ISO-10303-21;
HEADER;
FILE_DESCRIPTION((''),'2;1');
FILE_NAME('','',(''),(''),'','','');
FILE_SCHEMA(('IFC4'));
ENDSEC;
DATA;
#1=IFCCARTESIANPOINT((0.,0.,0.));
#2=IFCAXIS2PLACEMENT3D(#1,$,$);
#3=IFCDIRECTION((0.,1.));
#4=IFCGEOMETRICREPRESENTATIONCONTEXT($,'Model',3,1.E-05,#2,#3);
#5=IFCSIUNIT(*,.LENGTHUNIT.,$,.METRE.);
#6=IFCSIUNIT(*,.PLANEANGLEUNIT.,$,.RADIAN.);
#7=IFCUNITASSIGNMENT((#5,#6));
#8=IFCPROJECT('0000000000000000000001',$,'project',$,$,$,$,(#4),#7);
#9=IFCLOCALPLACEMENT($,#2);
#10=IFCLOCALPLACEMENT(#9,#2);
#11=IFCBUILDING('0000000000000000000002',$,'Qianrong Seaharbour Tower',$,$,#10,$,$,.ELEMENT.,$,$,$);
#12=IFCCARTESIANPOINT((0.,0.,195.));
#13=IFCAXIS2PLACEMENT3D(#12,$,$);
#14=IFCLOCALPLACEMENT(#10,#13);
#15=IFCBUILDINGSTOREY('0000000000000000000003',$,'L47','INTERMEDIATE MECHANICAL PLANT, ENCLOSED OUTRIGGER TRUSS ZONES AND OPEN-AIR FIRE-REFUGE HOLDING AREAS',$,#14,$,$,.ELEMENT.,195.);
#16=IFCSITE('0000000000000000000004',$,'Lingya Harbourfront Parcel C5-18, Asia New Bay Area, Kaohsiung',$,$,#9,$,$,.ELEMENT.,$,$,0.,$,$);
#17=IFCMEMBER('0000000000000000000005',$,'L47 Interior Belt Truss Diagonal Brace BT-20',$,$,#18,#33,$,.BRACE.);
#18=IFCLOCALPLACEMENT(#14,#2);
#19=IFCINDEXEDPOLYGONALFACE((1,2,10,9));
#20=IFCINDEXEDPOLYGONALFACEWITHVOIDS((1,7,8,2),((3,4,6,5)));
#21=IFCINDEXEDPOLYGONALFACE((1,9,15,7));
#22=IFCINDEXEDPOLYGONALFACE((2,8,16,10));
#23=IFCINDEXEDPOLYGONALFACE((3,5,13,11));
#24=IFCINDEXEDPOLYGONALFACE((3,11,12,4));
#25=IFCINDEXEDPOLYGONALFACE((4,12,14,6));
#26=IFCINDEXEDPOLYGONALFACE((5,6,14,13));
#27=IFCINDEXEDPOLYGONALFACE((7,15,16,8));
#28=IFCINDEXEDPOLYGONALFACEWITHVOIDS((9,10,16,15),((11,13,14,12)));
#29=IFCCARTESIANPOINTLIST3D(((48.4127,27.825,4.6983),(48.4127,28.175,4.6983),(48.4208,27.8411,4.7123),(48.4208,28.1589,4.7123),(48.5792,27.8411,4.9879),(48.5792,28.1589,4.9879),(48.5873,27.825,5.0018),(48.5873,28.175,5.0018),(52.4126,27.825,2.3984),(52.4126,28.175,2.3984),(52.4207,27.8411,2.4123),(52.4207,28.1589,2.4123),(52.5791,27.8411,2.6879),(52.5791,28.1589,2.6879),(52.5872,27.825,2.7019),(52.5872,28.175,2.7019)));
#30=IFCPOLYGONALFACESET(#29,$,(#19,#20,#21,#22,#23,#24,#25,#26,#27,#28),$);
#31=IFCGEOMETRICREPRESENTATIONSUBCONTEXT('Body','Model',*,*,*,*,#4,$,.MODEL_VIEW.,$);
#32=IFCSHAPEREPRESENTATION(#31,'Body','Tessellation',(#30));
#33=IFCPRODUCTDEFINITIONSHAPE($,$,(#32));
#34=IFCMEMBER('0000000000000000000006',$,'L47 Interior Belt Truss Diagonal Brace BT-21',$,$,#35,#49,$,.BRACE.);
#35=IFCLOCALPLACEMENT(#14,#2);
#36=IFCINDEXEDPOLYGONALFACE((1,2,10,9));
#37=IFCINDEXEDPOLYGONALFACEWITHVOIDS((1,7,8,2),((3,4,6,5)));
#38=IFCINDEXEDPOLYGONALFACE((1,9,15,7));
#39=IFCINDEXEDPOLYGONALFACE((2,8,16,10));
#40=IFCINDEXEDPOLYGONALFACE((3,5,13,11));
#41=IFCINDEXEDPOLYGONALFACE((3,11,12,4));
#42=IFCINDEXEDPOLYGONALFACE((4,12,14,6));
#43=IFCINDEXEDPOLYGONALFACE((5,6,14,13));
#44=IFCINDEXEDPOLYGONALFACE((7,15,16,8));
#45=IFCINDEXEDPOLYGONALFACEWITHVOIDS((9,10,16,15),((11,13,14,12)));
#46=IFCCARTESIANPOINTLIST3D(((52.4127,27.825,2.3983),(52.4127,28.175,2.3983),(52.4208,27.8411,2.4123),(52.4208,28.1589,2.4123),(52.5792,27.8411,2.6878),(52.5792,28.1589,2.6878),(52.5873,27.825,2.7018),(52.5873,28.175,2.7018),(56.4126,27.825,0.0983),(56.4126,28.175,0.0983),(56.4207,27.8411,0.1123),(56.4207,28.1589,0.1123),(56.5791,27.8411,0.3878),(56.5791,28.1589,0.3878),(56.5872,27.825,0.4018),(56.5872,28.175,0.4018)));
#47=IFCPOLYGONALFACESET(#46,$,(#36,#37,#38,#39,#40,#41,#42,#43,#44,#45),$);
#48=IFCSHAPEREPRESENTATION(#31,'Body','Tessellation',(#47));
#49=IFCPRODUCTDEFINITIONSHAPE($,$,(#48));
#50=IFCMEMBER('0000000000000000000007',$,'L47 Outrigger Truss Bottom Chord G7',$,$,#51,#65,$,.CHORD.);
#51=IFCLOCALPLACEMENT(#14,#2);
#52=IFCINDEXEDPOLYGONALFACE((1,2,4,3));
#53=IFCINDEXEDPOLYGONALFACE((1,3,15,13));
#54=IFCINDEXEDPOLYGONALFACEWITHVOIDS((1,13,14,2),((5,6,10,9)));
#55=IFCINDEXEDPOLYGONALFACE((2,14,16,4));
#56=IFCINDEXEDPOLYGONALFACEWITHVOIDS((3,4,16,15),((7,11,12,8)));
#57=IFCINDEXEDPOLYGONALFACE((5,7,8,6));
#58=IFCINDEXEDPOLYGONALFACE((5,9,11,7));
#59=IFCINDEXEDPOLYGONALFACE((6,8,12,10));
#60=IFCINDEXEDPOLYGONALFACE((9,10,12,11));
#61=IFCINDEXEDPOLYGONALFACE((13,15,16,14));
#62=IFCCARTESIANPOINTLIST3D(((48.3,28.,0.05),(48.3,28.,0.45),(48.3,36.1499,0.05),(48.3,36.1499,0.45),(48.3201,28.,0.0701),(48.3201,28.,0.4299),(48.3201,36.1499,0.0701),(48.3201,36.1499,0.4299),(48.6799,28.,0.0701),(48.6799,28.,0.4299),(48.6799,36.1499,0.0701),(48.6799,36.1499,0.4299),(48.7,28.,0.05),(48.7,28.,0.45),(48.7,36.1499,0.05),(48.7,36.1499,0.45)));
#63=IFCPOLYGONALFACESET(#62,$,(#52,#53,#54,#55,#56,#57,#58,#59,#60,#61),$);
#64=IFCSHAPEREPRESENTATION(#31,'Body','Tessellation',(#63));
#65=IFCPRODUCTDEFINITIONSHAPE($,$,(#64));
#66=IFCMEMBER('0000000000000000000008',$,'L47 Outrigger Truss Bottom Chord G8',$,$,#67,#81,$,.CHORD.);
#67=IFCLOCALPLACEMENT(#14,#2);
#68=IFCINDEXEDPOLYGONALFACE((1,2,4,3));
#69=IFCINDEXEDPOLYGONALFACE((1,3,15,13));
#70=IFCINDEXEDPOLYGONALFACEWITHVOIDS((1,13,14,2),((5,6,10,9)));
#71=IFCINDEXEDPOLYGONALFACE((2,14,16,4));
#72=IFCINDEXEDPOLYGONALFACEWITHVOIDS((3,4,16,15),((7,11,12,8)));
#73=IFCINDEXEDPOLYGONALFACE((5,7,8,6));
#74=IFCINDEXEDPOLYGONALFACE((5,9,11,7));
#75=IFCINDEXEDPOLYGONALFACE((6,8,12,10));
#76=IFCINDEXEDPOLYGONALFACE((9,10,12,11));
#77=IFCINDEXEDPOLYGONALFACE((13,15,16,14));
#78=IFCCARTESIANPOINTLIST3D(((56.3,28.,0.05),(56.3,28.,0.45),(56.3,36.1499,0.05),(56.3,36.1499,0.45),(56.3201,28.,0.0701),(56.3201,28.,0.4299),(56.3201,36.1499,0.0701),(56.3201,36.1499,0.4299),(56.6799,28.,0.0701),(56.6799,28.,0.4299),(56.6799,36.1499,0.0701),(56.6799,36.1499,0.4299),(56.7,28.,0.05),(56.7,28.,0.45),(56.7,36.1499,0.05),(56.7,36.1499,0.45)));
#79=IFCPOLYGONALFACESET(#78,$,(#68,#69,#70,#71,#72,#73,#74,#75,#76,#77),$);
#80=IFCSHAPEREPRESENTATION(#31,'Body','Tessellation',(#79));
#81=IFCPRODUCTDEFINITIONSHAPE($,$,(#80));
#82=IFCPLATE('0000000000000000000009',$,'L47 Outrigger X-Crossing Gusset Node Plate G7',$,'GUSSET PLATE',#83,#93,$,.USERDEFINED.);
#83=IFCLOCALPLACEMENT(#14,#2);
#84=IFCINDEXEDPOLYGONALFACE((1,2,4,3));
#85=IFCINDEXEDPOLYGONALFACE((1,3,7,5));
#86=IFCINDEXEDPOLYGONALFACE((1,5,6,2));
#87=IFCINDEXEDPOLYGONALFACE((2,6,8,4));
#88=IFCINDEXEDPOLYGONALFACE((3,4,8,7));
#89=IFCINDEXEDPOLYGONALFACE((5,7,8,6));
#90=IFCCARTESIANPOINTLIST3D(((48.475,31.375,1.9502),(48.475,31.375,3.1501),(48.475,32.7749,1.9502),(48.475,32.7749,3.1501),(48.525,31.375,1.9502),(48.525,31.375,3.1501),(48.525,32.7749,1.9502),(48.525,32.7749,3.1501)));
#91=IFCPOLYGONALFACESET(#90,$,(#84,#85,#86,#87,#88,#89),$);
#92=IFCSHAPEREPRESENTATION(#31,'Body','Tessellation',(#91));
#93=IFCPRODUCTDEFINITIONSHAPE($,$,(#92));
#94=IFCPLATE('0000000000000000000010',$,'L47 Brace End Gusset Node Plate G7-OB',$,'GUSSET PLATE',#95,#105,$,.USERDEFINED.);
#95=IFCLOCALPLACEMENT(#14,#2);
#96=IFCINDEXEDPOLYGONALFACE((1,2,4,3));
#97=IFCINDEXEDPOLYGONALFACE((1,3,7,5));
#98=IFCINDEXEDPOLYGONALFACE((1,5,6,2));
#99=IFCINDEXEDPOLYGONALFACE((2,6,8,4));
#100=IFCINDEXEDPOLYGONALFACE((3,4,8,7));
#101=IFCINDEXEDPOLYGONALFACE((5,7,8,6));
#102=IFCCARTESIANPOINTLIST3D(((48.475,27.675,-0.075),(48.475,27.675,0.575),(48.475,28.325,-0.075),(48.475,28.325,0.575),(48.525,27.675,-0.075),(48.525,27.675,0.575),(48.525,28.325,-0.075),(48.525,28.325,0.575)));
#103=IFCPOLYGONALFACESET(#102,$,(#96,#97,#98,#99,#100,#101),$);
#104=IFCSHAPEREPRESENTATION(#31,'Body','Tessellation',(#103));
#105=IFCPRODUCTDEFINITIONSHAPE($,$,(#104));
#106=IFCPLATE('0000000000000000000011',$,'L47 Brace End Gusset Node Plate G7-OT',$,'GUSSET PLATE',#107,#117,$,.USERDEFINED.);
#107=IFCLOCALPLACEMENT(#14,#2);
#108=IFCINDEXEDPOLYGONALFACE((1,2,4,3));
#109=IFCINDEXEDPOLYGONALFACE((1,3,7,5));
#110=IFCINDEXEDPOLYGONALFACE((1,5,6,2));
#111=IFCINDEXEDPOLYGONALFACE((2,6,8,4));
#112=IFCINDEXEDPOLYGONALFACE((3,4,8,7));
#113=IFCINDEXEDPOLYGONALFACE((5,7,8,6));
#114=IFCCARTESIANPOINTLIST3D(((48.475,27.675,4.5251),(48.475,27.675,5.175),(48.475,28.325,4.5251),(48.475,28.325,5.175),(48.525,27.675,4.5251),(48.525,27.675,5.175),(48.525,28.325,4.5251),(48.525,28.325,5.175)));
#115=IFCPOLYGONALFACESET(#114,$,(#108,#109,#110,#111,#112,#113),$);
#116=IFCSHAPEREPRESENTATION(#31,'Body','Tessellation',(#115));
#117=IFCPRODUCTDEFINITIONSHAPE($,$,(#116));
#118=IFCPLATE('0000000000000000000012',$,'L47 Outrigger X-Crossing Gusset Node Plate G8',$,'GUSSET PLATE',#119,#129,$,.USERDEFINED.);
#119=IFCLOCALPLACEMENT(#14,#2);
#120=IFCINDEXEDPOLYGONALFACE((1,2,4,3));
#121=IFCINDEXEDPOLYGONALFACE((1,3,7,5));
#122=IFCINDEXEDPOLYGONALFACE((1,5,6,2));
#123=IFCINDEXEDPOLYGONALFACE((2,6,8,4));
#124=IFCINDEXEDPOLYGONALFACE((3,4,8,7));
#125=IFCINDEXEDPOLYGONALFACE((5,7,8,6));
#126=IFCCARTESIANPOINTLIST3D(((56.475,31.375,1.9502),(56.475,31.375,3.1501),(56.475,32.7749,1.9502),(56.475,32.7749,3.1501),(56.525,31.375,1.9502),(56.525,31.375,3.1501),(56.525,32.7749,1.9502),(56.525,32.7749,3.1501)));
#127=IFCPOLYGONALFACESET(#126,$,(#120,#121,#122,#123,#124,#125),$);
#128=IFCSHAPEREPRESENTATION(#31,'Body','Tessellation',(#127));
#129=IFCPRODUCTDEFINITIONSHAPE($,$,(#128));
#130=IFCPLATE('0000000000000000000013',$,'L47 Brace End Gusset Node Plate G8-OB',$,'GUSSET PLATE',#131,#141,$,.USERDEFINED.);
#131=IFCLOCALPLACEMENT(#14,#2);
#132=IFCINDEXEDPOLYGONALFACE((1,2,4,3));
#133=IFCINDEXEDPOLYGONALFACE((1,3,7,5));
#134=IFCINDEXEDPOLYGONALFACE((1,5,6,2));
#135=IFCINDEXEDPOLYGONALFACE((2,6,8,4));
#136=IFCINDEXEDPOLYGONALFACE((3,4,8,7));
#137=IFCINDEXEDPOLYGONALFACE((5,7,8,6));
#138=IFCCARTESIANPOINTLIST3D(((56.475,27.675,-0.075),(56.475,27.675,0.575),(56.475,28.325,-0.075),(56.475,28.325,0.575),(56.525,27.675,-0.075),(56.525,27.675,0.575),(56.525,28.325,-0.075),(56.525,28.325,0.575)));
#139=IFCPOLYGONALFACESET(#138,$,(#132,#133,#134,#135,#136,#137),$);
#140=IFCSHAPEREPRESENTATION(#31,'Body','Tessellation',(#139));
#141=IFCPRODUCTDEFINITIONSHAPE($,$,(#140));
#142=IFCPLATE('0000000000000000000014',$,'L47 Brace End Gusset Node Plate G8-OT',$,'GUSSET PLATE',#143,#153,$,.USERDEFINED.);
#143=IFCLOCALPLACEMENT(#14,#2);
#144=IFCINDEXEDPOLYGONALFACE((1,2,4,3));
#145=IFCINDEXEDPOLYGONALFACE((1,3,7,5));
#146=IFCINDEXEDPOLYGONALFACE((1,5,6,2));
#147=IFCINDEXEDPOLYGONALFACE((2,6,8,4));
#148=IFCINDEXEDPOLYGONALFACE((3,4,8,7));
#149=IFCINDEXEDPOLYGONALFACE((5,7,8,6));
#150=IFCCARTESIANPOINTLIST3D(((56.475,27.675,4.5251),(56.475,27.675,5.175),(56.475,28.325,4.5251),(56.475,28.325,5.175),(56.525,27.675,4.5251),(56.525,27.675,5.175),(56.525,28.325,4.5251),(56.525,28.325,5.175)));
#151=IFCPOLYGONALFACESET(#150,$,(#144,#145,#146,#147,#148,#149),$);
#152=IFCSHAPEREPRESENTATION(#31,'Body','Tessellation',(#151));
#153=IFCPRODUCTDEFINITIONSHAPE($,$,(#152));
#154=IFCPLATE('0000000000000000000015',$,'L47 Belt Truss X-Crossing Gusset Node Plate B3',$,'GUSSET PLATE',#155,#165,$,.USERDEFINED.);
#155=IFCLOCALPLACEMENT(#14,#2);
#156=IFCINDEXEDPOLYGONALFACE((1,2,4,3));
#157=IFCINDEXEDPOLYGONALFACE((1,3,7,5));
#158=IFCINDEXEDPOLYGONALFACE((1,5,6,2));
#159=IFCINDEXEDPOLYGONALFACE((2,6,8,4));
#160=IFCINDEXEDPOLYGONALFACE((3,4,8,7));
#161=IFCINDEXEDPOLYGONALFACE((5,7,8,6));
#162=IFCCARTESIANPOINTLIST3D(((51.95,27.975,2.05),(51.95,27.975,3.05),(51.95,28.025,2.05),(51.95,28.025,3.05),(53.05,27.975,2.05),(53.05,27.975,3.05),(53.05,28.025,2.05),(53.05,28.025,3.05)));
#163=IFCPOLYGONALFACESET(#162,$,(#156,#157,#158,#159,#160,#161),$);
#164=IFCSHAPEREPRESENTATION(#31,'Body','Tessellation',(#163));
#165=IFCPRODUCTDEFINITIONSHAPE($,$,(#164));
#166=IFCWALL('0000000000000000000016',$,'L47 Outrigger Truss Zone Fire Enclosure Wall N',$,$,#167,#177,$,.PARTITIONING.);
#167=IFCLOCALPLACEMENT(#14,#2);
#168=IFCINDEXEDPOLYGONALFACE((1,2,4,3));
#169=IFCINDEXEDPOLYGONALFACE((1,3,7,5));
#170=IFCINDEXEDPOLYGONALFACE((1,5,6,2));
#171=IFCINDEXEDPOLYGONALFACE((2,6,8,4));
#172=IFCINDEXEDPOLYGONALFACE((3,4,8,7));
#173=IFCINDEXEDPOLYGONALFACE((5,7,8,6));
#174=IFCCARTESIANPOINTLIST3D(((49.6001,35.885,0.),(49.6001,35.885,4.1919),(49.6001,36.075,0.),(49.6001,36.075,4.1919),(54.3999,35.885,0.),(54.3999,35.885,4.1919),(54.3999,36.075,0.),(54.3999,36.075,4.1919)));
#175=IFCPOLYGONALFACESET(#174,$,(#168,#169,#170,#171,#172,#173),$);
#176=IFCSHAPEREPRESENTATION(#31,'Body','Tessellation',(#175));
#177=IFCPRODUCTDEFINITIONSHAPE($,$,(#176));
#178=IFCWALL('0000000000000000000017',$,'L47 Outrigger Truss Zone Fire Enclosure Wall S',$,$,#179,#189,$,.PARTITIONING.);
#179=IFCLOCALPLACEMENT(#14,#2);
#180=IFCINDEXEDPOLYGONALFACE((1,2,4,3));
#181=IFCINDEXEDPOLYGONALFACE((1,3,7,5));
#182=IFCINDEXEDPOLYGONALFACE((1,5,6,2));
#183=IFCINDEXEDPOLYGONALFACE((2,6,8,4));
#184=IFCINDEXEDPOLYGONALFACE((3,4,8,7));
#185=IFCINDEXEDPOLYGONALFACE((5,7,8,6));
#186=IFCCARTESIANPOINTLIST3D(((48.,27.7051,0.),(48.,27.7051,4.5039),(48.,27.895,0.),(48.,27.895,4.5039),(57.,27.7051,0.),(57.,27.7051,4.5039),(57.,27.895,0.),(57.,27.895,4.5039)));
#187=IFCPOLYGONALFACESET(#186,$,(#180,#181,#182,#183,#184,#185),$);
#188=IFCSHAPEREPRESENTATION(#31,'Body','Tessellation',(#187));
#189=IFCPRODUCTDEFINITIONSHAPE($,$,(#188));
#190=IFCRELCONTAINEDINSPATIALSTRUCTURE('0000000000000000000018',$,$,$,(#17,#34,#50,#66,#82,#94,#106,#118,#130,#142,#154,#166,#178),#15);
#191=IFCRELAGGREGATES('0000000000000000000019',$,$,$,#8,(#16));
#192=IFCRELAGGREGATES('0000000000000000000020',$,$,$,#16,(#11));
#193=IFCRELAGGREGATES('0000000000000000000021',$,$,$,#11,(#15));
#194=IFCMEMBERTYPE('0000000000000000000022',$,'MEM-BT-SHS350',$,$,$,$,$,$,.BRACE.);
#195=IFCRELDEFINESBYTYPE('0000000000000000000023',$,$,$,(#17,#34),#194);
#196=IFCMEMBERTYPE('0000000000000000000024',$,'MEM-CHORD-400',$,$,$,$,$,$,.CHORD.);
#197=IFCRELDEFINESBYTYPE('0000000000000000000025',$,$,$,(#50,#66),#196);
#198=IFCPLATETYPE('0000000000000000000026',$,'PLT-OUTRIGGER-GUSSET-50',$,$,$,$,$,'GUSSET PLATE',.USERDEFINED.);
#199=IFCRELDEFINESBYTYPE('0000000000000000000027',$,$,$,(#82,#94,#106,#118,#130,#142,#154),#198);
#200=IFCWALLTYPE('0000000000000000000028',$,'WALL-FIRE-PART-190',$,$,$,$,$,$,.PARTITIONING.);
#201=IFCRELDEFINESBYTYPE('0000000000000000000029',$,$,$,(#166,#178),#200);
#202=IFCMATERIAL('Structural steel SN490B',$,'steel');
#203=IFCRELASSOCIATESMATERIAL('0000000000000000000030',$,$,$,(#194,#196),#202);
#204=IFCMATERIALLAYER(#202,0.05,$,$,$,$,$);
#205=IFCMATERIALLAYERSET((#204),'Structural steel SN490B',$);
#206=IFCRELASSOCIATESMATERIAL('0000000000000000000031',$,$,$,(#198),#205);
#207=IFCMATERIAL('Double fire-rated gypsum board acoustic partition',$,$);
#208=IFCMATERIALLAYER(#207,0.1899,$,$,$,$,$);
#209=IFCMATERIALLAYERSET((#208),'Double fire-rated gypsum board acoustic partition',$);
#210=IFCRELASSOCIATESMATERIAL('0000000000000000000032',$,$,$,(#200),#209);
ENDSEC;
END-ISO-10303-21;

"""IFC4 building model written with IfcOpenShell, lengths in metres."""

from ifc_helpers import new_model, si_unit, direction, frame, frame_2d, origin, origin_2d, place, context, subcontext, project, spatial, rectangle, hollow_rectangle, extrude, material, layer, layer_set, material_profile, profile_set, type_object, element, save


model = new_model("IFC4")

# Units and contexts
model_context = context("Model", 3, precision=1e-05, world=origin(), true_north=direction((0.0, 1.0)))
body_context = subcontext(model_context, "Body", "Model", "MODEL_VIEW")
ifc_project = project(units=[si_unit("LENGTHUNIT", "METRE"), si_unit("PLANEANGLEUNIT", "RADIAN")], contexts=[model_context])

# Site, building, storey
site_placement = place(None, origin())
site = spatial("IfcSite", under=ifc_project, at=site_placement, Name="Lingya Harbourfront Parcel C5-18, Asia New Bay Area, Kaohsiung", CompositionType="ELEMENT", RefElevation=0.0)
building_placement = place(site_placement, origin())
building = spatial("IfcBuilding", under=site, at=building_placement, Name="Qianrong Seaharbour Tower", CompositionType="ELEMENT")
storey_placement = place(building_placement, frame((0.0, 0.0, 195.0)))
storey = spatial("IfcBuildingStorey", under=building, at=storey_placement, Name="L47", Description="INTERMEDIATE MECHANICAL PLANT, ENCLOSED OUTRIGGER TRUSS ZONES AND OPEN-AIR FIRE-REFUGE HOLDING AREAS", CompositionType="ELEMENT", Elevation=195.0)

# Shared definitions
ifc_material_1 = material(Name="Structural steel SN490B", Category="steel")

# Members
ifc_material_profile_1 = material_profile(ifc_material_1, hollow_rectangle(XDim=0.3501, YDim=0.3501, WallThickness=0.0161, at=origin_2d()), Name="SHS350x350x16")
ifc_profile_set_1 = profile_set([ifc_material_profile_1], Name="Structural steel SN490B")
member_type_1 = type_object("IfcMemberType", Name="MEM-BT-SHS350", PredefinedType="BRACE", material=ifc_profile_set_1)
for number, where, z_axis, x_axis, name in (
    (1, (48.5, 28.0, 4.8501), (0.866902, 0.0, -0.498479), (0.0, 1.0, 0.0), "L47 Interior Belt Truss Diagonal Brace BT-20"),
    (2, (52.5, 28.0, 2.55), (0.866902, 0.0, -0.498479), (0.0, 1.0, 0.0), "L47 Interior Belt Truss Diagonal Brace BT-21"),
):
    element("IfcMember", number, at=place(storey_placement, frame(where, z_axis=z_axis, x_axis=x_axis)), inside=storey, type_object=member_type_1, Name=name, PredefinedType="BRACE", context=body_context, shape_type="SweptSolid", body=[
        extrude(hollow_rectangle(XDim=0.3501, YDim=0.3501, WallThickness=0.0161, at=origin_2d()), origin(), (0.0, 0.0, 1.0), 4.614),
    ])
ifc_material_profile_2 = material_profile(ifc_material_1, hollow_rectangle(XDim=0.3999, YDim=0.3999, WallThickness=0.02, at=origin_2d()), Name="SHS400x400x20")
ifc_profile_set_2 = profile_set([ifc_material_profile_2], Name="Structural steel SN490B")
member_type_2 = type_object("IfcMemberType", Name="MEM-CHORD-400", PredefinedType="CHORD", material=ifc_profile_set_2)
for number, where, z_axis, x_axis, name in (
    (3, (48.5, 28.0, 0.25), (0.0, 1.0, 0.0), (-1.0, 0.0, 0.0), "L47 Outrigger Truss Bottom Chord G7"),
    (4, (56.5, 28.0, 0.25), (0.0, 1.0, 0.0), (-1.0, 0.0, 0.0), "L47 Outrigger Truss Bottom Chord G8"),
):
    element("IfcMember", number, at=place(storey_placement, frame(where, z_axis=z_axis, x_axis=x_axis)), inside=storey, type_object=member_type_2, Name=name, PredefinedType="CHORD", context=body_context, shape_type="SweptSolid", body=[
        extrude(hollow_rectangle(XDim=0.3999, YDim=0.3999, WallThickness=0.02, at=origin_2d()), origin(), (0.0, 0.0, 1.0), 8.1499),
    ])

# Plates
ifc_layer_1 = layer(ifc_material_1, 0.05)
ifc_layer_set_1 = layer_set([ifc_layer_1], Name="Structural steel SN490B")
plate_type = type_object("IfcPlateType", Name="PLT-OUTRIGGER-GUSSET-50", ElementType="GUSSET PLATE", PredefinedType="USERDEFINED", material=ifc_layer_set_1)
plate_1_placement = place(storey_placement, frame((48.5, 32.075, 1.9502), z_axis=(0.0, 0.0, 1.0), x_axis=(1.0, 0.0, 0.0)))
element("IfcPlate", 5, at=plate_1_placement, inside=storey, type_object=plate_type, Name="L47 Outrigger X-Crossing Gusset Node Plate G7", ObjectType="GUSSET PLATE", PredefinedType="USERDEFINED", context=body_context, shape_type="SweptSolid", body=[
    extrude(rectangle(XDim=0.05, YDim=1.3999, at=origin_2d()), origin(), (0.0, 0.0, 1.0), 1.2),
])
for number, where, z_axis, x_axis, name in (
    (6, (48.5, 28.0, -0.075), (0.0, 0.0, 1.0), (1.0, 0.0, 0.0), "L47 Brace End Gusset Node Plate G7-OB"),
    (7, (48.5, 28.0, 4.5251), (0.0, 0.0, 1.0), (1.0, 0.0, 0.0), "L47 Brace End Gusset Node Plate G7-OT"),
):
    element("IfcPlate", number, at=place(storey_placement, frame(where, z_axis=z_axis, x_axis=x_axis)), inside=storey, type_object=plate_type, Name=name, ObjectType="GUSSET PLATE", PredefinedType="USERDEFINED", context=body_context, shape_type="SweptSolid", body=[
        extrude(rectangle(XDim=0.05, YDim=0.6499, at=origin_2d()), origin(), (0.0, 0.0, 1.0), 0.6499),
    ])
plate_2_placement = place(storey_placement, frame((56.5, 32.075, 1.9502), z_axis=(0.0, 0.0, 1.0), x_axis=(1.0, 0.0, 0.0)))
element("IfcPlate", 8, at=plate_2_placement, inside=storey, type_object=plate_type, Name="L47 Outrigger X-Crossing Gusset Node Plate G8", ObjectType="GUSSET PLATE", PredefinedType="USERDEFINED", context=body_context, shape_type="SweptSolid", body=[
    extrude(rectangle(XDim=0.05, YDim=1.3999, at=origin_2d()), origin(), (0.0, 0.0, 1.0), 1.2),
])
for number, where, z_axis, x_axis, name in (
    (9, (56.5, 28.0, -0.075), (0.0, 0.0, 1.0), (1.0, 0.0, 0.0), "L47 Brace End Gusset Node Plate G8-OB"),
    (10, (56.5, 28.0, 4.5251), (0.0, 0.0, 1.0), (1.0, 0.0, 0.0), "L47 Brace End Gusset Node Plate G8-OT"),
):
    element("IfcPlate", number, at=place(storey_placement, frame(where, z_axis=z_axis, x_axis=x_axis)), inside=storey, type_object=plate_type, Name=name, ObjectType="GUSSET PLATE", PredefinedType="USERDEFINED", context=body_context, shape_type="SweptSolid", body=[
        extrude(rectangle(XDim=0.05, YDim=0.6499, at=origin_2d()), origin(), (0.0, 0.0, 1.0), 0.6499),
    ])
plate_3_placement = place(storey_placement, frame((52.5, 28.0, 2.05), z_axis=(0.0, 0.0, 1.0), x_axis=(1.0, 0.0, 0.0)))
element("IfcPlate", 11, at=plate_3_placement, inside=storey, type_object=plate_type, Name="L47 Belt Truss X-Crossing Gusset Node Plate B3", ObjectType="GUSSET PLATE", PredefinedType="USERDEFINED", context=body_context, shape_type="SweptSolid", body=[
    extrude(rectangle(XDim=1.1001, YDim=0.05, at=origin_2d()), origin(), (0.0, 0.0, 1.0), 1.0),
])

# Walls
ifc_material_2 = material(Name="Double fire-rated gypsum board acoustic partition")
ifc_layer_2 = layer(ifc_material_2, 0.1899)
ifc_layer_set_2 = layer_set([ifc_layer_2], Name="Double fire-rated gypsum board acoustic partition")
wall_type = type_object("IfcWallType", Name="WALL-FIRE-PART-190", PredefinedType="PARTITIONING", material=ifc_layer_set_2)
wall_1_placement = place(storey_placement, frame((49.6001, 35.98, 0.0), z_axis=(0.0, 0.0, 1.0), x_axis=(1.0, 0.0, 0.0)))
element("IfcWall", 12, at=wall_1_placement, inside=storey, type_object=wall_type, Name="L47 Outrigger Truss Zone Fire Enclosure Wall N", PredefinedType="PARTITIONING", context=body_context, shape_type="SweptSolid", body=[
    extrude(rectangle(XDim=4.7998, YDim=0.1899, at=frame_2d((2.3999, 0.0))), origin(), (0.0, 0.0, 1.0), 4.1919),
])
wall_2_placement = place(storey_placement, frame((57.0, 27.8, 0.0), z_axis=(0.0, 0.0, 1.0), x_axis=(-1.0, 0.0, 0.0)))
element("IfcWall", 13, at=wall_2_placement, inside=storey, type_object=wall_type, Name="L47 Outrigger Truss Zone Fire Enclosure Wall S", PredefinedType="PARTITIONING", context=body_context, shape_type="SweptSolid", body=[
    extrude(rectangle(XDim=9.0, YDim=0.1899, at=frame_2d((4.5, 0.0))), origin(), (0.0, 0.0, 1.0), 4.5039),
])

save(model, "model.ifc")
